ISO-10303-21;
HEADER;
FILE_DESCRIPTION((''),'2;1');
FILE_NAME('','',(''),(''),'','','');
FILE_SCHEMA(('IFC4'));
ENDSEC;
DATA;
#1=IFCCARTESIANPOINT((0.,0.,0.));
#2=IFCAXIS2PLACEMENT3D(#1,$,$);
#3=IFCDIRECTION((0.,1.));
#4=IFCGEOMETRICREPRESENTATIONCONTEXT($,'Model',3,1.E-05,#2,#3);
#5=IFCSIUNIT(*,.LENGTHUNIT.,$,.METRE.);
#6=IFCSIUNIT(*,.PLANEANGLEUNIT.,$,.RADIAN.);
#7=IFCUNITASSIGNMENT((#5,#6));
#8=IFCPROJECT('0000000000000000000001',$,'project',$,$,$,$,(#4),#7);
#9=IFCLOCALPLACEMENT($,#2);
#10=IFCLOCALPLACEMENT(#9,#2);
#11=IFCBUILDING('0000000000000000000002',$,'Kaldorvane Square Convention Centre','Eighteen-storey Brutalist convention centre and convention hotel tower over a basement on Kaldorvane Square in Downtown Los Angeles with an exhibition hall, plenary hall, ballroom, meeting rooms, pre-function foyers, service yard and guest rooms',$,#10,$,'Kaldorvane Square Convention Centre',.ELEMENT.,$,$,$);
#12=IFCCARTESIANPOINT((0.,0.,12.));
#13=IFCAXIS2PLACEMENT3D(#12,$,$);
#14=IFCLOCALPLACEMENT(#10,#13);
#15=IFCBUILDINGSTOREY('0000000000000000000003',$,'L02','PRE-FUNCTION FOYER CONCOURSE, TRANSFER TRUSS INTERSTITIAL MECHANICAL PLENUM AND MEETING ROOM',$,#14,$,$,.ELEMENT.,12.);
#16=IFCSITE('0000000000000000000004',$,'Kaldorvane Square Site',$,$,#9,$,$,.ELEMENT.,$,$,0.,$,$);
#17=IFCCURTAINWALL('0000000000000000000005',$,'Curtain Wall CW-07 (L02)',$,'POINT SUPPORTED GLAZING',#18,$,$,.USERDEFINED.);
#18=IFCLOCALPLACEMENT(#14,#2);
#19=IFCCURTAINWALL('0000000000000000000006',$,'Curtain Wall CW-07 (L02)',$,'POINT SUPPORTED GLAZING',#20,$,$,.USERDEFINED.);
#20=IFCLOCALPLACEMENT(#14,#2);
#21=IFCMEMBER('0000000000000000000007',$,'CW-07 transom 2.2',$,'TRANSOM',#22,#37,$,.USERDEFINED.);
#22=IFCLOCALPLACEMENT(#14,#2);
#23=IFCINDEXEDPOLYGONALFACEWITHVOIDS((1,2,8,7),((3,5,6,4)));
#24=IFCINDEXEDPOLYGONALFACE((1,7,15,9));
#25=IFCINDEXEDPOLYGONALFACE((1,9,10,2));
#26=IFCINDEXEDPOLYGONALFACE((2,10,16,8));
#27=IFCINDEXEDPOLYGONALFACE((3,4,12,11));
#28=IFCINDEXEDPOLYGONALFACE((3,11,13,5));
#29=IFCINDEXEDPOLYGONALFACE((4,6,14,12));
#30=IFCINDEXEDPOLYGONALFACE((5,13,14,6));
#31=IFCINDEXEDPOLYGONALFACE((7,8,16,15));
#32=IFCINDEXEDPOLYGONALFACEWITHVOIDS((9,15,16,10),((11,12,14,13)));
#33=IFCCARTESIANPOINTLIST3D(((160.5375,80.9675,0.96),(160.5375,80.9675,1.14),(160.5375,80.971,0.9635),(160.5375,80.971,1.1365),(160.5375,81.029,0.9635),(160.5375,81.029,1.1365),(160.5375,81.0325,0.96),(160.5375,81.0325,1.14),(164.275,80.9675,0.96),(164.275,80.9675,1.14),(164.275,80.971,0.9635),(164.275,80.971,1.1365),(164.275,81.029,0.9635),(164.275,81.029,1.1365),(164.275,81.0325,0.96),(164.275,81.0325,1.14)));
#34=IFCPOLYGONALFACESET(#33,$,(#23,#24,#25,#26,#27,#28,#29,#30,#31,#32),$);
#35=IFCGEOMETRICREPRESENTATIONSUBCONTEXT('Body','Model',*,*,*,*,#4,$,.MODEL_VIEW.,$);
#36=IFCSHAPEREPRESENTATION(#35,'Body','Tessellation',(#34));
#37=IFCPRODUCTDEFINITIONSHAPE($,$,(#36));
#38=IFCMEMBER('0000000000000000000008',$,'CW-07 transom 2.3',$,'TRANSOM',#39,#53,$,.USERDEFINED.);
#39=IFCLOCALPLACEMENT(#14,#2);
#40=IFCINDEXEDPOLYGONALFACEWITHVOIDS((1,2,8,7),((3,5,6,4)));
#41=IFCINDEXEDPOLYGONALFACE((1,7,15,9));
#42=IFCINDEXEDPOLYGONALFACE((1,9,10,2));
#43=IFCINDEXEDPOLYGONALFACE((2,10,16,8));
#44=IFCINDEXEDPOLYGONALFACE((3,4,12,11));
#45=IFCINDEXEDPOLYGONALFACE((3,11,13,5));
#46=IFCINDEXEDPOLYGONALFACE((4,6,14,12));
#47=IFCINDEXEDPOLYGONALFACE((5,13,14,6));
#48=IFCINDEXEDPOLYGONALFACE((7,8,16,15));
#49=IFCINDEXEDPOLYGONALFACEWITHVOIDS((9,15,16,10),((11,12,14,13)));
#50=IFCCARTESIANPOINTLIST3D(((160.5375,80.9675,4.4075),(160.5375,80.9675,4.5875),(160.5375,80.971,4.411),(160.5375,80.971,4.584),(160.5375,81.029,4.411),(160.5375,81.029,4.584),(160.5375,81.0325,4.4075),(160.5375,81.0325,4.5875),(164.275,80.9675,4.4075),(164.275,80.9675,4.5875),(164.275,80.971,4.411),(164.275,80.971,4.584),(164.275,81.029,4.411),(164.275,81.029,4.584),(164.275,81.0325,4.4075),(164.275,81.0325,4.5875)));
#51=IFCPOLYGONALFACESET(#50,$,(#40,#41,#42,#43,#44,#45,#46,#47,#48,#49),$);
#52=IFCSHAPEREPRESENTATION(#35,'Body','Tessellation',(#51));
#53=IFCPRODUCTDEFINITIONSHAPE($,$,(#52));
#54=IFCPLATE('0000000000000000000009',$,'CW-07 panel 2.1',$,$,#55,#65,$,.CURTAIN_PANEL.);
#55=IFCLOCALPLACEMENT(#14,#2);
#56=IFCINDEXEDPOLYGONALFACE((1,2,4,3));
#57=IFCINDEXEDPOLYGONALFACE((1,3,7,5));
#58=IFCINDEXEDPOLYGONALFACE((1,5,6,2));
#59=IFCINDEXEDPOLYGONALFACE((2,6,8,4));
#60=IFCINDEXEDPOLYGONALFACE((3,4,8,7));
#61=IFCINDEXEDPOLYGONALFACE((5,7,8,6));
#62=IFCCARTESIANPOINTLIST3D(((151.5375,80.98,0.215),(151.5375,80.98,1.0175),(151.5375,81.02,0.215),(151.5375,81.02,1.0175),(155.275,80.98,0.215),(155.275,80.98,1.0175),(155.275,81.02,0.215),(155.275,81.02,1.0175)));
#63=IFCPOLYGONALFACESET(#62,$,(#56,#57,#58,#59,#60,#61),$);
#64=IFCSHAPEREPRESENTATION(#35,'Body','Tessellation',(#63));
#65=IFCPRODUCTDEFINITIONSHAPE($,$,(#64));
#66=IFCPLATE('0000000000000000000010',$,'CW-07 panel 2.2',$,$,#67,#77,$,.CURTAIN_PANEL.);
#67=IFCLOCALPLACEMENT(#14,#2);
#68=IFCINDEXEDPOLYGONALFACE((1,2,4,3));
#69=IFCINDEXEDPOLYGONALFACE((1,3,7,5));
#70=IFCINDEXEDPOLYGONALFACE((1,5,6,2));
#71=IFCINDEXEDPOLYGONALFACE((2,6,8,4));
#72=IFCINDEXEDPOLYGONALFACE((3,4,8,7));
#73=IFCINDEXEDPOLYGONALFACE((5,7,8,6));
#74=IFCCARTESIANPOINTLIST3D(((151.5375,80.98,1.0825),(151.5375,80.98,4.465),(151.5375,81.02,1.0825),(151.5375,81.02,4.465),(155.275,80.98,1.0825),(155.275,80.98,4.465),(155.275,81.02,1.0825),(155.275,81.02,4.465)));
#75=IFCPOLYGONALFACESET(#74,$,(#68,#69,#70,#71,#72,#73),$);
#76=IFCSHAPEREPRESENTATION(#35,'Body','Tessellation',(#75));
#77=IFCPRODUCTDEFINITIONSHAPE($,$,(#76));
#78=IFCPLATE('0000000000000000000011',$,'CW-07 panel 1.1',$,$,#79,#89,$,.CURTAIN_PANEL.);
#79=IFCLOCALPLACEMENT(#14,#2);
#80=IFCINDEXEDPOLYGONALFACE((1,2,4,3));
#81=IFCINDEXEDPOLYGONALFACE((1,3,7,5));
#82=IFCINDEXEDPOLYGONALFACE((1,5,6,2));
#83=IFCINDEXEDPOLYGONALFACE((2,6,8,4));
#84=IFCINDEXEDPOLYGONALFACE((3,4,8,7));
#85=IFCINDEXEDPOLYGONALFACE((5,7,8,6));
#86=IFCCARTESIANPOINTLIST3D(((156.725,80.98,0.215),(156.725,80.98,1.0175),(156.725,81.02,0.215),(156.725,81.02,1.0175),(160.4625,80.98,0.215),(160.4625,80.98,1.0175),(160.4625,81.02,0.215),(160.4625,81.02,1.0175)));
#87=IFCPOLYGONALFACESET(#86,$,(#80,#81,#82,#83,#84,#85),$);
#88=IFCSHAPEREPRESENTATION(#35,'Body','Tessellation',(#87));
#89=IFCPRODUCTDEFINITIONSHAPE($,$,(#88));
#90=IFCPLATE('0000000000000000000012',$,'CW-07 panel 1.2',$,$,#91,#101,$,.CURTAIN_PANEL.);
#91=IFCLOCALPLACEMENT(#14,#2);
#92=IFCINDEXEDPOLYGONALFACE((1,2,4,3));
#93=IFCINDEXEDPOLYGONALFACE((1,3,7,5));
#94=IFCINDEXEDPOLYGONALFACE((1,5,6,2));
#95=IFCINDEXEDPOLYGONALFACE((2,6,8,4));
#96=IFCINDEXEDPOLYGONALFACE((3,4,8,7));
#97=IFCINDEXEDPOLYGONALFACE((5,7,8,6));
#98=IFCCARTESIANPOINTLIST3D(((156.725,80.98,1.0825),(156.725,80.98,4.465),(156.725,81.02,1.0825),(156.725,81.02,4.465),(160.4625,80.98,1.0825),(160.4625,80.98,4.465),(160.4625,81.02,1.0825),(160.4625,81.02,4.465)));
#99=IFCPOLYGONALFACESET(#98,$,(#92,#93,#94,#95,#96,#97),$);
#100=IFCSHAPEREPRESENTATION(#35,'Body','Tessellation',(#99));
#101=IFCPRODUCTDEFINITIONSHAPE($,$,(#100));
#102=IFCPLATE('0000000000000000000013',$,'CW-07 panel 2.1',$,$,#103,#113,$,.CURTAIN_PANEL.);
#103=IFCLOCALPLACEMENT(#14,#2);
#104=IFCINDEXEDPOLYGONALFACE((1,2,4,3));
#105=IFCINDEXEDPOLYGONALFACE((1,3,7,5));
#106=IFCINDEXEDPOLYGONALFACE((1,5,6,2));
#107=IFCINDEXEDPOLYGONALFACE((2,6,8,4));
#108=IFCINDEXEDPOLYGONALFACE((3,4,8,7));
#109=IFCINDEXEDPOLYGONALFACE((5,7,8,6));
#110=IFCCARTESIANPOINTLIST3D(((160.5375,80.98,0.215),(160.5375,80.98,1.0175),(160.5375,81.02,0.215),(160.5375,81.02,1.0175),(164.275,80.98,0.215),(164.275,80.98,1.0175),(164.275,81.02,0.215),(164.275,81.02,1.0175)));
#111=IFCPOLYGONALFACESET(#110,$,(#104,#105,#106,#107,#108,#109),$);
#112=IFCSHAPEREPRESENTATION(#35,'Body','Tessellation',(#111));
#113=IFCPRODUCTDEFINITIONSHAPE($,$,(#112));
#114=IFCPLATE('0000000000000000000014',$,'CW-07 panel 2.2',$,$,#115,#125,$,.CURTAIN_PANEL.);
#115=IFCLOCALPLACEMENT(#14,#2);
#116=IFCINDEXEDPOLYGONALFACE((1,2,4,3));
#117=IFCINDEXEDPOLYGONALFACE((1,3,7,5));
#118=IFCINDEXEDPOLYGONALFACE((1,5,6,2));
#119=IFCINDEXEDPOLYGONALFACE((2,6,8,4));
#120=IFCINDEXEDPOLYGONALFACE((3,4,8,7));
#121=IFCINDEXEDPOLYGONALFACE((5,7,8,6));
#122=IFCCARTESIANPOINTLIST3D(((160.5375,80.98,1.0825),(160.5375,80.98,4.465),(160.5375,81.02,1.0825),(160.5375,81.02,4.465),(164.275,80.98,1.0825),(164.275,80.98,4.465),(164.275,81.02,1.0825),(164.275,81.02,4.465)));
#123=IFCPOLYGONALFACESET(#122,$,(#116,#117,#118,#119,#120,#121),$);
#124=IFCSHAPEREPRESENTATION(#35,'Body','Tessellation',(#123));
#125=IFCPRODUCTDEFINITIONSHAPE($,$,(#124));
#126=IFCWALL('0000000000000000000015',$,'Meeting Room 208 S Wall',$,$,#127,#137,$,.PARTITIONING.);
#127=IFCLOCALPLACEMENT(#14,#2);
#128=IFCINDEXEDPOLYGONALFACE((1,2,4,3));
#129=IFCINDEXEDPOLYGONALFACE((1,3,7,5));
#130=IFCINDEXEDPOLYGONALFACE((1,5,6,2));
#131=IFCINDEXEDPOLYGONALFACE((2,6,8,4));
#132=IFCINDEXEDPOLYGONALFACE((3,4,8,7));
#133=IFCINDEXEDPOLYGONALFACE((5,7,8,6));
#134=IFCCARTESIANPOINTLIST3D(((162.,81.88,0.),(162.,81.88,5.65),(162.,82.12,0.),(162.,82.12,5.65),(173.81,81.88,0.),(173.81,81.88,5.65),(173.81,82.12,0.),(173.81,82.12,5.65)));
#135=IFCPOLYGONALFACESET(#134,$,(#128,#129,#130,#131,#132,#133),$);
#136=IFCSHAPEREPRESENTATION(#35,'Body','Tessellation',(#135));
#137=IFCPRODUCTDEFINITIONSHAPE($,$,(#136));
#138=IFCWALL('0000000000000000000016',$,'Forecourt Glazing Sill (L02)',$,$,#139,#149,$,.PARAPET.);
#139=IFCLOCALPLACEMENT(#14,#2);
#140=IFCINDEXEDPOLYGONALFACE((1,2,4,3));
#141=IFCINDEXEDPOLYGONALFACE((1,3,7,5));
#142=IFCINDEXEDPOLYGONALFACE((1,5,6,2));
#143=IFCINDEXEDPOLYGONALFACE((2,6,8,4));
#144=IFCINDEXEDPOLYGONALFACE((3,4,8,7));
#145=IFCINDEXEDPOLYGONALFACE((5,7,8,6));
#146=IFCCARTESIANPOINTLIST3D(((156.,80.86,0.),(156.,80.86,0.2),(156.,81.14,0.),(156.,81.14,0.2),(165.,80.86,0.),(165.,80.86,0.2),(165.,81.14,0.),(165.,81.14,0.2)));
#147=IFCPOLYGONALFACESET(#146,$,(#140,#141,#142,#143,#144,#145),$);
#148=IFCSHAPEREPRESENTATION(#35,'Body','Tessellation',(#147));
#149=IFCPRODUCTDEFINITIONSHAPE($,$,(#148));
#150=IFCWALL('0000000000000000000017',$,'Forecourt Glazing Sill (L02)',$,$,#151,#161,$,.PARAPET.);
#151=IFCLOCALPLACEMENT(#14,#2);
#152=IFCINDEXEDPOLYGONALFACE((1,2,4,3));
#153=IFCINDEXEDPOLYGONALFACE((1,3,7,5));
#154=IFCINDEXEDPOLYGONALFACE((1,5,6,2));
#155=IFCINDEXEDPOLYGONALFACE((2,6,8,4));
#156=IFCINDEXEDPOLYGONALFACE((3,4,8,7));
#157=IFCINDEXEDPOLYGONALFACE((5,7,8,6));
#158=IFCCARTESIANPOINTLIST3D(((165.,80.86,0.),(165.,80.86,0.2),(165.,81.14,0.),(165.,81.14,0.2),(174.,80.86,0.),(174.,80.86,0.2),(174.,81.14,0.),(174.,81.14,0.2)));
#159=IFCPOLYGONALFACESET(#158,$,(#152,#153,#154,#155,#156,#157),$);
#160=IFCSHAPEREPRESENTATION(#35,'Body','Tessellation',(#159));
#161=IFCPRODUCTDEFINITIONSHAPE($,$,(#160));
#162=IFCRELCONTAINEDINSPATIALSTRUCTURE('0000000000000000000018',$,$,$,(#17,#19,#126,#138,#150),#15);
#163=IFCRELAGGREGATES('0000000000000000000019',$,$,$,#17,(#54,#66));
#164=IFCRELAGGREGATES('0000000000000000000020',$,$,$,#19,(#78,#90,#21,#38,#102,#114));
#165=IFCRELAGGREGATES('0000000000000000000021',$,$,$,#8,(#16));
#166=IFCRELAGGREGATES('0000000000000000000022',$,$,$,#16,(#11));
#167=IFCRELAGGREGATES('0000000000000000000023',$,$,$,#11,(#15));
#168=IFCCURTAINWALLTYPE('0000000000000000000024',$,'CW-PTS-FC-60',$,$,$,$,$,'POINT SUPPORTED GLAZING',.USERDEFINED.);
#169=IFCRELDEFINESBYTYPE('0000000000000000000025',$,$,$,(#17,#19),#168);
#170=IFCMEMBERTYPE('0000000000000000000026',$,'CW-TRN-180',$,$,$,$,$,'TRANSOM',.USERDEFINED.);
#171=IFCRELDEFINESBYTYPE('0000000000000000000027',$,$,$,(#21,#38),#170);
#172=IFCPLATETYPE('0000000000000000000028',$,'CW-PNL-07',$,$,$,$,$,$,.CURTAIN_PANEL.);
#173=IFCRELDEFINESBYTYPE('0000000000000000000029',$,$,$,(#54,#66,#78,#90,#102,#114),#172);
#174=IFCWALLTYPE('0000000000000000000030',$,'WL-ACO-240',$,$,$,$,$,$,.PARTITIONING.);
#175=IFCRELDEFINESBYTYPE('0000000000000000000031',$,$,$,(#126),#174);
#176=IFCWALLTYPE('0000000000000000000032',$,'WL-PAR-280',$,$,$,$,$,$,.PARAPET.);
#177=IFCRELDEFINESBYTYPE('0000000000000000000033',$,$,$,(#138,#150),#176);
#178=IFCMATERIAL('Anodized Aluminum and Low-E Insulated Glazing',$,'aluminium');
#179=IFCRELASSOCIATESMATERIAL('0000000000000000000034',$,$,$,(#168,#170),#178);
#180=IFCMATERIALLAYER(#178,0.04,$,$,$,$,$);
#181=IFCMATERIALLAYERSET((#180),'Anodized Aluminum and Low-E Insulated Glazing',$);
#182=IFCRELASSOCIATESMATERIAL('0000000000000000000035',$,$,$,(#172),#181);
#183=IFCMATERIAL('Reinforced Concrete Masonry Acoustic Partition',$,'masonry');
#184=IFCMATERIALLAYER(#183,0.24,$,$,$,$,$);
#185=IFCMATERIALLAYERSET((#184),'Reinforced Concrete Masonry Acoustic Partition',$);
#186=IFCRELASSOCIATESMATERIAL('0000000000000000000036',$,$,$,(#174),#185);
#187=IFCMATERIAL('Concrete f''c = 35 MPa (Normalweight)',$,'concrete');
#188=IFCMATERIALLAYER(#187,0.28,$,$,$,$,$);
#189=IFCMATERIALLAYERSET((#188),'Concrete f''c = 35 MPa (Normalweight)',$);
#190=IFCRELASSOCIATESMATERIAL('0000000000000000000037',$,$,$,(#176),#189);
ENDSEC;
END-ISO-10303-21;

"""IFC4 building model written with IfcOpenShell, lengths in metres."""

from ifc_helpers import new_model, si_unit, direction, frame, frame_2d, origin, origin_2d, place, context, subcontext, project, spatial, rectangle, hollow_rectangle, extrude, material, layer, layer_set, material_profile, profile_set, type_object, element, aggregate, save


model = new_model("IFC4")

# Units and contexts
model_context = context("Model", 3, precision=1e-05, world=origin(), true_north=direction((0.0, 1.0)))
body_context = subcontext(model_context, "Body", "Model", "MODEL_VIEW")
ifc_project = project(units=[si_unit("LENGTHUNIT", "METRE"), si_unit("PLANEANGLEUNIT", "RADIAN")], contexts=[model_context])

# Site, building, storey
site_placement = place(None, origin())
site = spatial("IfcSite", under=ifc_project, at=site_placement, Name="Kaldorvane Square Site", CompositionType="ELEMENT", RefElevation=0.0)
building_placement = place(site_placement, origin())
building = spatial("IfcBuilding", under=site, at=building_placement, Name="Kaldorvane Square Convention Centre", Description="Eighteen-storey Brutalist convention centre and convention hotel tower over a basement on Kaldorvane Square in Downtown Los Angeles with an exhibition hall, plenary hall, ballroom, meeting rooms, pre-function foyers, service yard and guest rooms", LongName="Kaldorvane Square Convention Centre", CompositionType="ELEMENT")
storey_placement = place(building_placement, frame((0.0, 0.0, 12.0)))
storey = spatial("IfcBuildingStorey", under=building, at=storey_placement, Name="L02", Description="PRE-FUNCTION FOYER CONCOURSE, TRANSFER TRUSS INTERSTITIAL MECHANICAL PLENUM AND MEETING ROOM", CompositionType="ELEMENT", Elevation=12.0)

# Curtain wall
ifc_material_1 = material(Name="Anodized Aluminum and Low-E Insulated Glazing", Category="aluminium")
curtain_wall_type = type_object("IfcCurtainWallType", Name="CW-PTS-FC-60", ElementType="POINT SUPPORTED GLAZING", PredefinedType="USERDEFINED", material=ifc_material_1)
curtain_wall_1_placement = place(storey_placement, origin())
curtain_wall_1 = element("IfcCurtainWall", 1, at=curtain_wall_1_placement, inside=storey, type_object=curtain_wall_type, Name="Curtain Wall CW-07 (L02)", ObjectType="POINT SUPPORTED GLAZING", PredefinedType="USERDEFINED")

# Curtain wall, members
curtain_wall_2_placement = place(storey_placement, origin())
curtain_wall_2 = element("IfcCurtainWall", 2, at=curtain_wall_2_placement, inside=storey, type_object=curtain_wall_type, Name="Curtain Wall CW-07 (L02)", ObjectType="POINT SUPPORTED GLAZING", PredefinedType="USERDEFINED")
ifc_material_profile_1 = material_profile(ifc_material_1, hollow_rectangle(XDim=0.065, YDim=0.18, WallThickness=0.0035, at=origin_2d()), Name="CWT-180X65")
ifc_profile_set_1 = profile_set([ifc_material_profile_1], Name="Anodized Aluminum and Low-E Insulated Glazing")
member_type_1 = type_object("IfcMemberType", Name="CW-TRN-180", ElementType="TRANSOM", PredefinedType="USERDEFINED", material=ifc_profile_set_1)
member_1_placement = place(storey_placement, frame((160.5375, 81.0, 1.05), z_axis=(1.0, 0.0, 0.0), x_axis=(0.0, 1.0, 0.0)))
member_1 = element("IfcMember", 3, at=member_1_placement, type_object=member_type_1, Name="CW-07 transom 2.2", ObjectType="TRANSOM", PredefinedType="USERDEFINED", context=body_context, shape_type="SweptSolid", body=[
    extrude(hollow_rectangle(XDim=0.065, YDim=0.18, WallThickness=0.0035, at=origin_2d()), origin(), (0.0, 0.0, 1.0), 3.7375),
])
member_2_placement = place(storey_placement, frame((160.5375, 81.0, 4.4975), z_axis=(1.0, 0.0, 0.0), x_axis=(0.0, 1.0, 0.0)))
member_2 = element("IfcMember", 4, at=member_2_placement, type_object=member_type_1, Name="CW-07 transom 2.3", ObjectType="TRANSOM", PredefinedType="USERDEFINED", context=body_context, shape_type="SweptSolid", body=[
    extrude(hollow_rectangle(XDim=0.065, YDim=0.18, WallThickness=0.0035, at=origin_2d()), origin(), (0.0, 0.0, 1.0), 3.7375),
])

# Plates
ifc_layer_1 = layer(ifc_material_1, 0.04)
ifc_layer_set_1 = layer_set([ifc_layer_1], Name="Anodized Aluminum and Low-E Insulated Glazing")
plate_type = type_object("IfcPlateType", Name="CW-PNL-07", PredefinedType="CURTAIN_PANEL", material=ifc_layer_set_1)
plate_1_placement = place(storey_placement, frame((153.4062, 81.0, 0.215), z_axis=(0.0, 0.0, 1.0), x_axis=(1.0, 0.0, 0.0)))
plate_1 = element("IfcPlate", 5, at=plate_1_placement, type_object=plate_type, Name="CW-07 panel 2.1", PredefinedType="CURTAIN_PANEL", context=body_context, shape_type="SweptSolid", body=[
    extrude(rectangle(XDim=3.7375, YDim=0.04, at=origin_2d()), origin(), (0.0, 0.0, 1.0), 0.8025),
])
plate_2_placement = place(storey_placement, frame((153.4062, 81.0, 1.0825), z_axis=(0.0, 0.0, 1.0), x_axis=(1.0, 0.0, 0.0)))
plate_2 = element("IfcPlate", 6, at=plate_2_placement, type_object=plate_type, Name="CW-07 panel 2.2", PredefinedType="CURTAIN_PANEL", context=body_context, shape_type="SweptSolid", body=[
    extrude(rectangle(XDim=3.7375, YDim=0.04, at=origin_2d()), origin(), (0.0, 0.0, 1.0), 3.3825),
])
aggregate(curtain_wall_1, [plate_1, plate_2])
plate_3_placement = place(storey_placement, frame((158.5938, 81.0, 0.215), z_axis=(0.0, 0.0, 1.0), x_axis=(1.0, 0.0, 0.0)))
plate_3 = element("IfcPlate", 7, at=plate_3_placement, type_object=plate_type, Name="CW-07 panel 1.1", PredefinedType="CURTAIN_PANEL", context=body_context, shape_type="SweptSolid", body=[
    extrude(rectangle(XDim=3.7375, YDim=0.04, at=origin_2d()), origin(), (0.0, 0.0, 1.0), 0.8025),
])
plate_4_placement = place(storey_placement, frame((158.5938, 81.0, 1.0825), z_axis=(0.0, 0.0, 1.0), x_axis=(1.0, 0.0, 0.0)))
plate_4 = element("IfcPlate", 8, at=plate_4_placement, type_object=plate_type, Name="CW-07 panel 1.2", PredefinedType="CURTAIN_PANEL", context=body_context, shape_type="SweptSolid", body=[
    extrude(rectangle(XDim=3.7375, YDim=0.04, at=origin_2d()), origin(), (0.0, 0.0, 1.0), 3.3825),
])
plate_5_placement = place(storey_placement, frame((162.4062, 81.0, 0.215), z_axis=(0.0, 0.0, 1.0), x_axis=(1.0, 0.0, 0.0)))
plate_5 = element("IfcPlate", 9, at=plate_5_placement, type_object=plate_type, Name="CW-07 panel 2.1", PredefinedType="CURTAIN_PANEL", context=body_context, shape_type="SweptSolid", body=[
    extrude(rectangle(XDim=3.7375, YDim=0.04, at=origin_2d()), origin(), (0.0, 0.0, 1.0), 0.8025),
])
plate_6_placement = place(storey_placement, frame((162.4062, 81.0, 1.0825), z_axis=(0.0, 0.0, 1.0), x_axis=(1.0, 0.0, 0.0)))
plate_6 = element("IfcPlate", 10, at=plate_6_placement, type_object=plate_type, Name="CW-07 panel 2.2", PredefinedType="CURTAIN_PANEL", context=body_context, shape_type="SweptSolid", body=[
    extrude(rectangle(XDim=3.7375, YDim=0.04, at=origin_2d()), origin(), (0.0, 0.0, 1.0), 3.3825),
])
aggregate(curtain_wall_2, [plate_3, plate_4, member_1, member_2, plate_5, plate_6])

# Walls
ifc_material_2 = material(Name="Reinforced Concrete Masonry Acoustic Partition", Category="masonry")
ifc_layer_2 = layer(ifc_material_2, 0.24)
ifc_layer_set_2 = layer_set([ifc_layer_2], Name="Reinforced Concrete Masonry Acoustic Partition")
wall_type_1 = type_object("IfcWallType", Name="WL-ACO-240", PredefinedType="PARTITIONING", material=ifc_layer_set_2)
wall_placement = place(storey_placement, frame((162.0, 82.0, 0.0), z_axis=(0.0, 0.0, 1.0), x_axis=(1.0, 0.0, 0.0)))
element("IfcWall", 11, at=wall_placement, inside=storey, type_object=wall_type_1, Name="Meeting Room 208 S Wall", PredefinedType="PARTITIONING", context=body_context, shape_type="SweptSolid", body=[
    extrude(rectangle(XDim=11.81, YDim=0.24, at=frame_2d((5.905, 0.0))), origin(), (0.0, 0.0, 1.0), 5.65),
])
ifc_material_3 = material(Name="Concrete f'c = 35 MPa (Normalweight)", Category="concrete")
ifc_layer_3 = layer(ifc_material_3, 0.28)
ifc_layer_set_3 = layer_set([ifc_layer_3], Name="Concrete f'c = 35 MPa (Normalweight)")
wall_type_2 = type_object("IfcWallType", Name="WL-PAR-280", PredefinedType="PARAPET", material=ifc_layer_set_3)
for number, where, z_axis, x_axis, name in (
    (12, (156.0, 81.0, 0.0), (0.0, 0.0, 1.0), (1.0, 0.0, 0.0), "Forecourt Glazing Sill (L02)"),
    (13, (165.0, 81.0, 0.0), (0.0, 0.0, 1.0), (1.0, 0.0, 0.0), "Forecourt Glazing Sill (L02)"),
):
    element("IfcWall", number, at=place(storey_placement, frame(where, z_axis=z_axis, x_axis=x_axis)), inside=storey, type_object=wall_type_2, Name=name, PredefinedType="PARAPET", context=body_context, shape_type="SweptSolid", body=[
        extrude(rectangle(XDim=9.0, YDim=0.28, at=frame_2d((4.5, 0.0))), origin(), (0.0, 0.0, 1.0), 0.2),
    ])

save(model, "model.ifc")
